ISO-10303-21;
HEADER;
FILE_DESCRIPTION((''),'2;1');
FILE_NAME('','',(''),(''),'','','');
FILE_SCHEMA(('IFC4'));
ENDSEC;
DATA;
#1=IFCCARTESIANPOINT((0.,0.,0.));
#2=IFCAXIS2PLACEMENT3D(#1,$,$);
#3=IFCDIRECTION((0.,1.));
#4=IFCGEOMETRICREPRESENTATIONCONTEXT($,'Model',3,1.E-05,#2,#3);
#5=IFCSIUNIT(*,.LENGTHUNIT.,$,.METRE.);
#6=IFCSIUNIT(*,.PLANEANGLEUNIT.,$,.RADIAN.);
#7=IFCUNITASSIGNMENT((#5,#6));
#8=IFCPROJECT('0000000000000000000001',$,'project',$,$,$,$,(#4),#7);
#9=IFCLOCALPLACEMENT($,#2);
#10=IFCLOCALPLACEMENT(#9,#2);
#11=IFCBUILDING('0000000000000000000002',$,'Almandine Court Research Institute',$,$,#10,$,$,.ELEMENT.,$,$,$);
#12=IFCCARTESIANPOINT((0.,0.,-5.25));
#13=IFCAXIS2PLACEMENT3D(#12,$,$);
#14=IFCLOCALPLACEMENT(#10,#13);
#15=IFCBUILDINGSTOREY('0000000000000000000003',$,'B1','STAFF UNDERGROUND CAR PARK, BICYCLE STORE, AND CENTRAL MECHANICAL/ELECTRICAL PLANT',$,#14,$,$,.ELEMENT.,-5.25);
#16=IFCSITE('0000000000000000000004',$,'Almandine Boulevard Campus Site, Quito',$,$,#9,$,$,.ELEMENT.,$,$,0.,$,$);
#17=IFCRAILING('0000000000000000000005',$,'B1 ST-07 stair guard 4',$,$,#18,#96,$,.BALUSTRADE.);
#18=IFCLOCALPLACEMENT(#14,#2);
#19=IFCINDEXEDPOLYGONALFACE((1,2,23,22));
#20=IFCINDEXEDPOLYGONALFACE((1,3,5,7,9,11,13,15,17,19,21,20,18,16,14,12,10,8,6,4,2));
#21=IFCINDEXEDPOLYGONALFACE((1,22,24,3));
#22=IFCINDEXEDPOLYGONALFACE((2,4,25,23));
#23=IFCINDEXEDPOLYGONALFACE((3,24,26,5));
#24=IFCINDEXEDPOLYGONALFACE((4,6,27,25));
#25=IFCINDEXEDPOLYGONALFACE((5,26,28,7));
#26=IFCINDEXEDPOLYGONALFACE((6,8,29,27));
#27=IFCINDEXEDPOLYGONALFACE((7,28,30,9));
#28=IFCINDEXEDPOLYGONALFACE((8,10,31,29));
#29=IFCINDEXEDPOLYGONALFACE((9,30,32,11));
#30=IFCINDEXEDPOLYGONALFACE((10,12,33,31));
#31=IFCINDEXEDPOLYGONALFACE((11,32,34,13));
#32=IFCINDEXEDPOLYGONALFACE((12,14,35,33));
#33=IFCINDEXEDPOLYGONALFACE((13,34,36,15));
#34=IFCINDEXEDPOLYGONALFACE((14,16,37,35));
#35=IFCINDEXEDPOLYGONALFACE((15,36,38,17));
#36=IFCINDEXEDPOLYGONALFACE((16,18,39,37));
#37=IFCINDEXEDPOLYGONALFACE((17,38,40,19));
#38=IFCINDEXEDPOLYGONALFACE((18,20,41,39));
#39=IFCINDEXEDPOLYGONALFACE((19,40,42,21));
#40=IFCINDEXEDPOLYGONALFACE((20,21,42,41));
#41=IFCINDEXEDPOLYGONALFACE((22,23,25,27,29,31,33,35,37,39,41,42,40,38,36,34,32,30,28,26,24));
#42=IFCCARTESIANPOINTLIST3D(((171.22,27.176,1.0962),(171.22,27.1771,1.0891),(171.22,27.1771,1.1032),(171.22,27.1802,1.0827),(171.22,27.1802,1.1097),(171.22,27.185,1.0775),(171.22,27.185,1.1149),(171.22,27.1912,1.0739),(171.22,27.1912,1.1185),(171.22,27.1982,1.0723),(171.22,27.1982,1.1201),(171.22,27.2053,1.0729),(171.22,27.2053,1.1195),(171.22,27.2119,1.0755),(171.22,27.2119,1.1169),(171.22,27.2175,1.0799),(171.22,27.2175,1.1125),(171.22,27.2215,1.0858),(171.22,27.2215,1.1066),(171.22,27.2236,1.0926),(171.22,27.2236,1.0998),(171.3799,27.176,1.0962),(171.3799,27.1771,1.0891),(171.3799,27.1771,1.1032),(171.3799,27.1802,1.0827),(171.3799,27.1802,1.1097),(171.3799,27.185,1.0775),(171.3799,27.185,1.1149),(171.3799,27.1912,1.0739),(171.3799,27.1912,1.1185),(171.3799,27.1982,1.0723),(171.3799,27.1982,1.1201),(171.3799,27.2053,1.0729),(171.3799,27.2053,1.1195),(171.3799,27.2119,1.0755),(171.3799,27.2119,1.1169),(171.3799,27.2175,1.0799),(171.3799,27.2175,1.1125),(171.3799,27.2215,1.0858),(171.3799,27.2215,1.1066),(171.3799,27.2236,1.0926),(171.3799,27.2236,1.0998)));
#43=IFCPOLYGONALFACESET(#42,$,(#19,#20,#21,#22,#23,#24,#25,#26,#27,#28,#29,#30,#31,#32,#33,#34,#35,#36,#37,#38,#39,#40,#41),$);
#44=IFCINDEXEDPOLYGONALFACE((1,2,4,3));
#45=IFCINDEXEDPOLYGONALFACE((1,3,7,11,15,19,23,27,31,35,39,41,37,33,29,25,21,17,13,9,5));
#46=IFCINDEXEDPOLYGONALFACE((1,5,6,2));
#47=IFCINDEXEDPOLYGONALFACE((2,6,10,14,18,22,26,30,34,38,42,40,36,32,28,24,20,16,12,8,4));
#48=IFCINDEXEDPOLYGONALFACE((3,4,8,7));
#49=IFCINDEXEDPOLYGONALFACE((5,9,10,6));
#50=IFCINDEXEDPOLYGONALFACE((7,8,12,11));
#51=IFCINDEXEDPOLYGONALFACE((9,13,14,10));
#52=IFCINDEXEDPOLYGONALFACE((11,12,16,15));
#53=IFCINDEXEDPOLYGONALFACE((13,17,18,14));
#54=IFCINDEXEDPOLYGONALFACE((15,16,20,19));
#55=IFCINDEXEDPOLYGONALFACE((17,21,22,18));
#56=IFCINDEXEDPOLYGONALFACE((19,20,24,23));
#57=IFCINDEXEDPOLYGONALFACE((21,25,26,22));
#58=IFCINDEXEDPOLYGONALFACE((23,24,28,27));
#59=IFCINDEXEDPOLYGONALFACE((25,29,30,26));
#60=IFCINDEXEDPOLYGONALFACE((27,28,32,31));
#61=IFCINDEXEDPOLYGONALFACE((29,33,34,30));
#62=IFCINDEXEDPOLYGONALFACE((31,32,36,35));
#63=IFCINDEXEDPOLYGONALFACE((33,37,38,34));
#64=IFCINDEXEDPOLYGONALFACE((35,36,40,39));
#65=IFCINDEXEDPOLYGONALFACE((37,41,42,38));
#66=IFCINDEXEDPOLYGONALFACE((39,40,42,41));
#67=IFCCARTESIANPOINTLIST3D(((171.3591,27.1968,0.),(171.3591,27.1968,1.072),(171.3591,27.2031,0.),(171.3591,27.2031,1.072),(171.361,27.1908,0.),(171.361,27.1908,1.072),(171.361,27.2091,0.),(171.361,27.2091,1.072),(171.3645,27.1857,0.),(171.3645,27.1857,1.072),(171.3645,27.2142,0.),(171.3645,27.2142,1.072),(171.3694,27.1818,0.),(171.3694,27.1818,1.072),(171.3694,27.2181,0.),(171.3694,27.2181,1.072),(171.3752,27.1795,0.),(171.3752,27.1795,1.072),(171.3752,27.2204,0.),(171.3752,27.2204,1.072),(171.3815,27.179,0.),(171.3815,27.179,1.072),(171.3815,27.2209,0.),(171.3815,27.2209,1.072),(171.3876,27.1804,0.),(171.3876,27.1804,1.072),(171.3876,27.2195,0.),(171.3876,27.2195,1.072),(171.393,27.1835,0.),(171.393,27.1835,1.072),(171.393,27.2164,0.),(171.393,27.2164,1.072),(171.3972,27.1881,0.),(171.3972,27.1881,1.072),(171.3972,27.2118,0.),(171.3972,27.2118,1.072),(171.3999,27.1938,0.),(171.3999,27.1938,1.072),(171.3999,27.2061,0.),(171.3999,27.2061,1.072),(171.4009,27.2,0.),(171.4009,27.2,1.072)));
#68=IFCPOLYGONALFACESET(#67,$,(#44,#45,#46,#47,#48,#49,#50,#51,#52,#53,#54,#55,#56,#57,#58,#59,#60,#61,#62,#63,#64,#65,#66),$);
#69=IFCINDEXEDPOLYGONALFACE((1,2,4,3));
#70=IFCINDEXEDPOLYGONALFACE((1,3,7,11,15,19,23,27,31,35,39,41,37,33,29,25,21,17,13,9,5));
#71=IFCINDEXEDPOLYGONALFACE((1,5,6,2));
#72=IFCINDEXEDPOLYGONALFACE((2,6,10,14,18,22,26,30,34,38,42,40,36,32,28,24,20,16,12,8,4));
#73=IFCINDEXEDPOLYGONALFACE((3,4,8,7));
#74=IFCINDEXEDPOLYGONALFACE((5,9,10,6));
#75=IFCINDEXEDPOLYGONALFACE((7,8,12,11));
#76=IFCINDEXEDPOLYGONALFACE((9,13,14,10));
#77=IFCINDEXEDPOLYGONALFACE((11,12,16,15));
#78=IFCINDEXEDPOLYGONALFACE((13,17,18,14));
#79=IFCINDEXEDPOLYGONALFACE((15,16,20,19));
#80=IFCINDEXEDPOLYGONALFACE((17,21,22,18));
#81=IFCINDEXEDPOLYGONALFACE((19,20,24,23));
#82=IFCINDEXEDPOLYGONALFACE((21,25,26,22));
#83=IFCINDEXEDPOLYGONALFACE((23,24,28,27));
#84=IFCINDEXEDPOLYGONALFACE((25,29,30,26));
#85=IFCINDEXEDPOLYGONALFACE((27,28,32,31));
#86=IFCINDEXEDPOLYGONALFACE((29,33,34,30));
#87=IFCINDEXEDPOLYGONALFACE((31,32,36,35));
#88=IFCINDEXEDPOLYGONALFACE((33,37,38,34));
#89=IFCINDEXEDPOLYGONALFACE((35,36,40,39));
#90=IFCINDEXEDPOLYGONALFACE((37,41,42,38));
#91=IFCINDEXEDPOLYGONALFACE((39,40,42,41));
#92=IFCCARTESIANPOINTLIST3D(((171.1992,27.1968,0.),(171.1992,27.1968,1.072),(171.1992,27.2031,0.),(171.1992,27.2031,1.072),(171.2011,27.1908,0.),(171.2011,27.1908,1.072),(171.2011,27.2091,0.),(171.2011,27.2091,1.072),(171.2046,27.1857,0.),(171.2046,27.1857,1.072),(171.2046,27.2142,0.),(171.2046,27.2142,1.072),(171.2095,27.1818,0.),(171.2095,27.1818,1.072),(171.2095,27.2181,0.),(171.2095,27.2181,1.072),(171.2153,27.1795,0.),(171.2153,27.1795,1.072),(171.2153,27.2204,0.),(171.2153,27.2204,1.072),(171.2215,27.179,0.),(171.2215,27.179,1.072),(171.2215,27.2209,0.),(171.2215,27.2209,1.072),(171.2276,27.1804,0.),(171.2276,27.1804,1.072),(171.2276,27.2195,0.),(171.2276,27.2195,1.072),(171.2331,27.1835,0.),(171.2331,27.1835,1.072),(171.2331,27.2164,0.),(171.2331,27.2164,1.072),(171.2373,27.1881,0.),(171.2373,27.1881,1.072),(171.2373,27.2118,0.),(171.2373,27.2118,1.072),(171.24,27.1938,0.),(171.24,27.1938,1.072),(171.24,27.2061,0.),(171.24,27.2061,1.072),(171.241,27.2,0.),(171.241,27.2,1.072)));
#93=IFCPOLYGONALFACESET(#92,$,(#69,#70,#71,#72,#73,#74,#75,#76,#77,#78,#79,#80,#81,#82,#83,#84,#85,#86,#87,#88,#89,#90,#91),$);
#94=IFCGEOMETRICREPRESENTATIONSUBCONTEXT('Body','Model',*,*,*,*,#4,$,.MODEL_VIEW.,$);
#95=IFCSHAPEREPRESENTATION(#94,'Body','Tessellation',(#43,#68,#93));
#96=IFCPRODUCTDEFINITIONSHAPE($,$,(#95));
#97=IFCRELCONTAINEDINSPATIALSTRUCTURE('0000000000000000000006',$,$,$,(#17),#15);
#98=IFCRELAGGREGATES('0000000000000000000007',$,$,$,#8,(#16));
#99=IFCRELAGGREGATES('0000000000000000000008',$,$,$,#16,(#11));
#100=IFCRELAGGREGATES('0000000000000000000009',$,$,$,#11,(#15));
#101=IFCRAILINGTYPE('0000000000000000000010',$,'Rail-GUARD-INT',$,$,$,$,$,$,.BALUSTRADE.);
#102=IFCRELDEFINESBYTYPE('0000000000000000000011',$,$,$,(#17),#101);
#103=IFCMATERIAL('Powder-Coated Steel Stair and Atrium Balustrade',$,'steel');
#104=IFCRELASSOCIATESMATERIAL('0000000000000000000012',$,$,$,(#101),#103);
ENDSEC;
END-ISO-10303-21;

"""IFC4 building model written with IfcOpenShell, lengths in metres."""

from ifc_helpers import new_model, si_unit, direction, frame, origin, origin_2d, place, context, subcontext, project, spatial, circle, extrude, material, type_object, element, save


model = new_model("IFC4")

# Units and contexts
model_context = context("Model", 3, precision=1e-05, world=origin(), true_north=direction((0.0, 1.0)))
body_context = subcontext(model_context, "Body", "Model", "MODEL_VIEW")
ifc_project = project(units=[si_unit("LENGTHUNIT", "METRE"), si_unit("PLANEANGLEUNIT", "RADIAN")], contexts=[model_context])

# Site, building, storey
site_placement = place(None, origin())
site = spatial("IfcSite", under=ifc_project, at=site_placement, Name="Almandine Boulevard Campus Site, Quito", CompositionType="ELEMENT", RefElevation=0.0)
building_placement = place(site_placement, origin())
building = spatial("IfcBuilding", under=site, at=building_placement, Name="Almandine Court Research Institute", CompositionType="ELEMENT")
storey_placement = place(building_placement, frame((0.0, 0.0, -5.25)))
storey = spatial("IfcBuildingStorey", under=building, at=storey_placement, Name="B1", Description="STAFF UNDERGROUND CAR PARK, BICYCLE STORE, AND CENTRAL MECHANICAL/ELECTRICAL PLANT", CompositionType="ELEMENT", Elevation=-5.25)

# Railing
ifc_material_1 = material(Name="Powder-Coated Steel Stair and Atrium Balustrade", Category="steel")
railing_type_1 = type_object("IfcRailingType", Name="Rail-GUARD-INT", PredefinedType="BALUSTRADE", material=ifc_material_1)
railing_1_placement = place(storey_placement, frame((171.3799, 27.2, 0.0)))
element("IfcRailing", 1, at=railing_1_placement, inside=storey, type_object=railing_type_1, Name="B1 ST-07 stair guard 4", PredefinedType="BALUSTRADE", context=body_context, shape_type="SweptSolid", body=[
    extrude(circle(Radius=0.0239, at=origin_2d()), frame((0.0, 0.0, 1.0962), z_axis=(-1.0, 0.0, 0.0), x_axis=(0.0, -1.0, 0.0)), (0.0, 0.0, 1.0), 0.1599),
    extrude(circle(Radius=0.021, at=origin_2d()), origin(), (0.0, 0.0, 1.0), 1.072),
    extrude(circle(Radius=0.021, at=origin_2d()), frame((-0.1599, 0.0, 0.0)), (0.0, 0.0, 1.0), 1.072),
])

save(model, "model.ifc")
